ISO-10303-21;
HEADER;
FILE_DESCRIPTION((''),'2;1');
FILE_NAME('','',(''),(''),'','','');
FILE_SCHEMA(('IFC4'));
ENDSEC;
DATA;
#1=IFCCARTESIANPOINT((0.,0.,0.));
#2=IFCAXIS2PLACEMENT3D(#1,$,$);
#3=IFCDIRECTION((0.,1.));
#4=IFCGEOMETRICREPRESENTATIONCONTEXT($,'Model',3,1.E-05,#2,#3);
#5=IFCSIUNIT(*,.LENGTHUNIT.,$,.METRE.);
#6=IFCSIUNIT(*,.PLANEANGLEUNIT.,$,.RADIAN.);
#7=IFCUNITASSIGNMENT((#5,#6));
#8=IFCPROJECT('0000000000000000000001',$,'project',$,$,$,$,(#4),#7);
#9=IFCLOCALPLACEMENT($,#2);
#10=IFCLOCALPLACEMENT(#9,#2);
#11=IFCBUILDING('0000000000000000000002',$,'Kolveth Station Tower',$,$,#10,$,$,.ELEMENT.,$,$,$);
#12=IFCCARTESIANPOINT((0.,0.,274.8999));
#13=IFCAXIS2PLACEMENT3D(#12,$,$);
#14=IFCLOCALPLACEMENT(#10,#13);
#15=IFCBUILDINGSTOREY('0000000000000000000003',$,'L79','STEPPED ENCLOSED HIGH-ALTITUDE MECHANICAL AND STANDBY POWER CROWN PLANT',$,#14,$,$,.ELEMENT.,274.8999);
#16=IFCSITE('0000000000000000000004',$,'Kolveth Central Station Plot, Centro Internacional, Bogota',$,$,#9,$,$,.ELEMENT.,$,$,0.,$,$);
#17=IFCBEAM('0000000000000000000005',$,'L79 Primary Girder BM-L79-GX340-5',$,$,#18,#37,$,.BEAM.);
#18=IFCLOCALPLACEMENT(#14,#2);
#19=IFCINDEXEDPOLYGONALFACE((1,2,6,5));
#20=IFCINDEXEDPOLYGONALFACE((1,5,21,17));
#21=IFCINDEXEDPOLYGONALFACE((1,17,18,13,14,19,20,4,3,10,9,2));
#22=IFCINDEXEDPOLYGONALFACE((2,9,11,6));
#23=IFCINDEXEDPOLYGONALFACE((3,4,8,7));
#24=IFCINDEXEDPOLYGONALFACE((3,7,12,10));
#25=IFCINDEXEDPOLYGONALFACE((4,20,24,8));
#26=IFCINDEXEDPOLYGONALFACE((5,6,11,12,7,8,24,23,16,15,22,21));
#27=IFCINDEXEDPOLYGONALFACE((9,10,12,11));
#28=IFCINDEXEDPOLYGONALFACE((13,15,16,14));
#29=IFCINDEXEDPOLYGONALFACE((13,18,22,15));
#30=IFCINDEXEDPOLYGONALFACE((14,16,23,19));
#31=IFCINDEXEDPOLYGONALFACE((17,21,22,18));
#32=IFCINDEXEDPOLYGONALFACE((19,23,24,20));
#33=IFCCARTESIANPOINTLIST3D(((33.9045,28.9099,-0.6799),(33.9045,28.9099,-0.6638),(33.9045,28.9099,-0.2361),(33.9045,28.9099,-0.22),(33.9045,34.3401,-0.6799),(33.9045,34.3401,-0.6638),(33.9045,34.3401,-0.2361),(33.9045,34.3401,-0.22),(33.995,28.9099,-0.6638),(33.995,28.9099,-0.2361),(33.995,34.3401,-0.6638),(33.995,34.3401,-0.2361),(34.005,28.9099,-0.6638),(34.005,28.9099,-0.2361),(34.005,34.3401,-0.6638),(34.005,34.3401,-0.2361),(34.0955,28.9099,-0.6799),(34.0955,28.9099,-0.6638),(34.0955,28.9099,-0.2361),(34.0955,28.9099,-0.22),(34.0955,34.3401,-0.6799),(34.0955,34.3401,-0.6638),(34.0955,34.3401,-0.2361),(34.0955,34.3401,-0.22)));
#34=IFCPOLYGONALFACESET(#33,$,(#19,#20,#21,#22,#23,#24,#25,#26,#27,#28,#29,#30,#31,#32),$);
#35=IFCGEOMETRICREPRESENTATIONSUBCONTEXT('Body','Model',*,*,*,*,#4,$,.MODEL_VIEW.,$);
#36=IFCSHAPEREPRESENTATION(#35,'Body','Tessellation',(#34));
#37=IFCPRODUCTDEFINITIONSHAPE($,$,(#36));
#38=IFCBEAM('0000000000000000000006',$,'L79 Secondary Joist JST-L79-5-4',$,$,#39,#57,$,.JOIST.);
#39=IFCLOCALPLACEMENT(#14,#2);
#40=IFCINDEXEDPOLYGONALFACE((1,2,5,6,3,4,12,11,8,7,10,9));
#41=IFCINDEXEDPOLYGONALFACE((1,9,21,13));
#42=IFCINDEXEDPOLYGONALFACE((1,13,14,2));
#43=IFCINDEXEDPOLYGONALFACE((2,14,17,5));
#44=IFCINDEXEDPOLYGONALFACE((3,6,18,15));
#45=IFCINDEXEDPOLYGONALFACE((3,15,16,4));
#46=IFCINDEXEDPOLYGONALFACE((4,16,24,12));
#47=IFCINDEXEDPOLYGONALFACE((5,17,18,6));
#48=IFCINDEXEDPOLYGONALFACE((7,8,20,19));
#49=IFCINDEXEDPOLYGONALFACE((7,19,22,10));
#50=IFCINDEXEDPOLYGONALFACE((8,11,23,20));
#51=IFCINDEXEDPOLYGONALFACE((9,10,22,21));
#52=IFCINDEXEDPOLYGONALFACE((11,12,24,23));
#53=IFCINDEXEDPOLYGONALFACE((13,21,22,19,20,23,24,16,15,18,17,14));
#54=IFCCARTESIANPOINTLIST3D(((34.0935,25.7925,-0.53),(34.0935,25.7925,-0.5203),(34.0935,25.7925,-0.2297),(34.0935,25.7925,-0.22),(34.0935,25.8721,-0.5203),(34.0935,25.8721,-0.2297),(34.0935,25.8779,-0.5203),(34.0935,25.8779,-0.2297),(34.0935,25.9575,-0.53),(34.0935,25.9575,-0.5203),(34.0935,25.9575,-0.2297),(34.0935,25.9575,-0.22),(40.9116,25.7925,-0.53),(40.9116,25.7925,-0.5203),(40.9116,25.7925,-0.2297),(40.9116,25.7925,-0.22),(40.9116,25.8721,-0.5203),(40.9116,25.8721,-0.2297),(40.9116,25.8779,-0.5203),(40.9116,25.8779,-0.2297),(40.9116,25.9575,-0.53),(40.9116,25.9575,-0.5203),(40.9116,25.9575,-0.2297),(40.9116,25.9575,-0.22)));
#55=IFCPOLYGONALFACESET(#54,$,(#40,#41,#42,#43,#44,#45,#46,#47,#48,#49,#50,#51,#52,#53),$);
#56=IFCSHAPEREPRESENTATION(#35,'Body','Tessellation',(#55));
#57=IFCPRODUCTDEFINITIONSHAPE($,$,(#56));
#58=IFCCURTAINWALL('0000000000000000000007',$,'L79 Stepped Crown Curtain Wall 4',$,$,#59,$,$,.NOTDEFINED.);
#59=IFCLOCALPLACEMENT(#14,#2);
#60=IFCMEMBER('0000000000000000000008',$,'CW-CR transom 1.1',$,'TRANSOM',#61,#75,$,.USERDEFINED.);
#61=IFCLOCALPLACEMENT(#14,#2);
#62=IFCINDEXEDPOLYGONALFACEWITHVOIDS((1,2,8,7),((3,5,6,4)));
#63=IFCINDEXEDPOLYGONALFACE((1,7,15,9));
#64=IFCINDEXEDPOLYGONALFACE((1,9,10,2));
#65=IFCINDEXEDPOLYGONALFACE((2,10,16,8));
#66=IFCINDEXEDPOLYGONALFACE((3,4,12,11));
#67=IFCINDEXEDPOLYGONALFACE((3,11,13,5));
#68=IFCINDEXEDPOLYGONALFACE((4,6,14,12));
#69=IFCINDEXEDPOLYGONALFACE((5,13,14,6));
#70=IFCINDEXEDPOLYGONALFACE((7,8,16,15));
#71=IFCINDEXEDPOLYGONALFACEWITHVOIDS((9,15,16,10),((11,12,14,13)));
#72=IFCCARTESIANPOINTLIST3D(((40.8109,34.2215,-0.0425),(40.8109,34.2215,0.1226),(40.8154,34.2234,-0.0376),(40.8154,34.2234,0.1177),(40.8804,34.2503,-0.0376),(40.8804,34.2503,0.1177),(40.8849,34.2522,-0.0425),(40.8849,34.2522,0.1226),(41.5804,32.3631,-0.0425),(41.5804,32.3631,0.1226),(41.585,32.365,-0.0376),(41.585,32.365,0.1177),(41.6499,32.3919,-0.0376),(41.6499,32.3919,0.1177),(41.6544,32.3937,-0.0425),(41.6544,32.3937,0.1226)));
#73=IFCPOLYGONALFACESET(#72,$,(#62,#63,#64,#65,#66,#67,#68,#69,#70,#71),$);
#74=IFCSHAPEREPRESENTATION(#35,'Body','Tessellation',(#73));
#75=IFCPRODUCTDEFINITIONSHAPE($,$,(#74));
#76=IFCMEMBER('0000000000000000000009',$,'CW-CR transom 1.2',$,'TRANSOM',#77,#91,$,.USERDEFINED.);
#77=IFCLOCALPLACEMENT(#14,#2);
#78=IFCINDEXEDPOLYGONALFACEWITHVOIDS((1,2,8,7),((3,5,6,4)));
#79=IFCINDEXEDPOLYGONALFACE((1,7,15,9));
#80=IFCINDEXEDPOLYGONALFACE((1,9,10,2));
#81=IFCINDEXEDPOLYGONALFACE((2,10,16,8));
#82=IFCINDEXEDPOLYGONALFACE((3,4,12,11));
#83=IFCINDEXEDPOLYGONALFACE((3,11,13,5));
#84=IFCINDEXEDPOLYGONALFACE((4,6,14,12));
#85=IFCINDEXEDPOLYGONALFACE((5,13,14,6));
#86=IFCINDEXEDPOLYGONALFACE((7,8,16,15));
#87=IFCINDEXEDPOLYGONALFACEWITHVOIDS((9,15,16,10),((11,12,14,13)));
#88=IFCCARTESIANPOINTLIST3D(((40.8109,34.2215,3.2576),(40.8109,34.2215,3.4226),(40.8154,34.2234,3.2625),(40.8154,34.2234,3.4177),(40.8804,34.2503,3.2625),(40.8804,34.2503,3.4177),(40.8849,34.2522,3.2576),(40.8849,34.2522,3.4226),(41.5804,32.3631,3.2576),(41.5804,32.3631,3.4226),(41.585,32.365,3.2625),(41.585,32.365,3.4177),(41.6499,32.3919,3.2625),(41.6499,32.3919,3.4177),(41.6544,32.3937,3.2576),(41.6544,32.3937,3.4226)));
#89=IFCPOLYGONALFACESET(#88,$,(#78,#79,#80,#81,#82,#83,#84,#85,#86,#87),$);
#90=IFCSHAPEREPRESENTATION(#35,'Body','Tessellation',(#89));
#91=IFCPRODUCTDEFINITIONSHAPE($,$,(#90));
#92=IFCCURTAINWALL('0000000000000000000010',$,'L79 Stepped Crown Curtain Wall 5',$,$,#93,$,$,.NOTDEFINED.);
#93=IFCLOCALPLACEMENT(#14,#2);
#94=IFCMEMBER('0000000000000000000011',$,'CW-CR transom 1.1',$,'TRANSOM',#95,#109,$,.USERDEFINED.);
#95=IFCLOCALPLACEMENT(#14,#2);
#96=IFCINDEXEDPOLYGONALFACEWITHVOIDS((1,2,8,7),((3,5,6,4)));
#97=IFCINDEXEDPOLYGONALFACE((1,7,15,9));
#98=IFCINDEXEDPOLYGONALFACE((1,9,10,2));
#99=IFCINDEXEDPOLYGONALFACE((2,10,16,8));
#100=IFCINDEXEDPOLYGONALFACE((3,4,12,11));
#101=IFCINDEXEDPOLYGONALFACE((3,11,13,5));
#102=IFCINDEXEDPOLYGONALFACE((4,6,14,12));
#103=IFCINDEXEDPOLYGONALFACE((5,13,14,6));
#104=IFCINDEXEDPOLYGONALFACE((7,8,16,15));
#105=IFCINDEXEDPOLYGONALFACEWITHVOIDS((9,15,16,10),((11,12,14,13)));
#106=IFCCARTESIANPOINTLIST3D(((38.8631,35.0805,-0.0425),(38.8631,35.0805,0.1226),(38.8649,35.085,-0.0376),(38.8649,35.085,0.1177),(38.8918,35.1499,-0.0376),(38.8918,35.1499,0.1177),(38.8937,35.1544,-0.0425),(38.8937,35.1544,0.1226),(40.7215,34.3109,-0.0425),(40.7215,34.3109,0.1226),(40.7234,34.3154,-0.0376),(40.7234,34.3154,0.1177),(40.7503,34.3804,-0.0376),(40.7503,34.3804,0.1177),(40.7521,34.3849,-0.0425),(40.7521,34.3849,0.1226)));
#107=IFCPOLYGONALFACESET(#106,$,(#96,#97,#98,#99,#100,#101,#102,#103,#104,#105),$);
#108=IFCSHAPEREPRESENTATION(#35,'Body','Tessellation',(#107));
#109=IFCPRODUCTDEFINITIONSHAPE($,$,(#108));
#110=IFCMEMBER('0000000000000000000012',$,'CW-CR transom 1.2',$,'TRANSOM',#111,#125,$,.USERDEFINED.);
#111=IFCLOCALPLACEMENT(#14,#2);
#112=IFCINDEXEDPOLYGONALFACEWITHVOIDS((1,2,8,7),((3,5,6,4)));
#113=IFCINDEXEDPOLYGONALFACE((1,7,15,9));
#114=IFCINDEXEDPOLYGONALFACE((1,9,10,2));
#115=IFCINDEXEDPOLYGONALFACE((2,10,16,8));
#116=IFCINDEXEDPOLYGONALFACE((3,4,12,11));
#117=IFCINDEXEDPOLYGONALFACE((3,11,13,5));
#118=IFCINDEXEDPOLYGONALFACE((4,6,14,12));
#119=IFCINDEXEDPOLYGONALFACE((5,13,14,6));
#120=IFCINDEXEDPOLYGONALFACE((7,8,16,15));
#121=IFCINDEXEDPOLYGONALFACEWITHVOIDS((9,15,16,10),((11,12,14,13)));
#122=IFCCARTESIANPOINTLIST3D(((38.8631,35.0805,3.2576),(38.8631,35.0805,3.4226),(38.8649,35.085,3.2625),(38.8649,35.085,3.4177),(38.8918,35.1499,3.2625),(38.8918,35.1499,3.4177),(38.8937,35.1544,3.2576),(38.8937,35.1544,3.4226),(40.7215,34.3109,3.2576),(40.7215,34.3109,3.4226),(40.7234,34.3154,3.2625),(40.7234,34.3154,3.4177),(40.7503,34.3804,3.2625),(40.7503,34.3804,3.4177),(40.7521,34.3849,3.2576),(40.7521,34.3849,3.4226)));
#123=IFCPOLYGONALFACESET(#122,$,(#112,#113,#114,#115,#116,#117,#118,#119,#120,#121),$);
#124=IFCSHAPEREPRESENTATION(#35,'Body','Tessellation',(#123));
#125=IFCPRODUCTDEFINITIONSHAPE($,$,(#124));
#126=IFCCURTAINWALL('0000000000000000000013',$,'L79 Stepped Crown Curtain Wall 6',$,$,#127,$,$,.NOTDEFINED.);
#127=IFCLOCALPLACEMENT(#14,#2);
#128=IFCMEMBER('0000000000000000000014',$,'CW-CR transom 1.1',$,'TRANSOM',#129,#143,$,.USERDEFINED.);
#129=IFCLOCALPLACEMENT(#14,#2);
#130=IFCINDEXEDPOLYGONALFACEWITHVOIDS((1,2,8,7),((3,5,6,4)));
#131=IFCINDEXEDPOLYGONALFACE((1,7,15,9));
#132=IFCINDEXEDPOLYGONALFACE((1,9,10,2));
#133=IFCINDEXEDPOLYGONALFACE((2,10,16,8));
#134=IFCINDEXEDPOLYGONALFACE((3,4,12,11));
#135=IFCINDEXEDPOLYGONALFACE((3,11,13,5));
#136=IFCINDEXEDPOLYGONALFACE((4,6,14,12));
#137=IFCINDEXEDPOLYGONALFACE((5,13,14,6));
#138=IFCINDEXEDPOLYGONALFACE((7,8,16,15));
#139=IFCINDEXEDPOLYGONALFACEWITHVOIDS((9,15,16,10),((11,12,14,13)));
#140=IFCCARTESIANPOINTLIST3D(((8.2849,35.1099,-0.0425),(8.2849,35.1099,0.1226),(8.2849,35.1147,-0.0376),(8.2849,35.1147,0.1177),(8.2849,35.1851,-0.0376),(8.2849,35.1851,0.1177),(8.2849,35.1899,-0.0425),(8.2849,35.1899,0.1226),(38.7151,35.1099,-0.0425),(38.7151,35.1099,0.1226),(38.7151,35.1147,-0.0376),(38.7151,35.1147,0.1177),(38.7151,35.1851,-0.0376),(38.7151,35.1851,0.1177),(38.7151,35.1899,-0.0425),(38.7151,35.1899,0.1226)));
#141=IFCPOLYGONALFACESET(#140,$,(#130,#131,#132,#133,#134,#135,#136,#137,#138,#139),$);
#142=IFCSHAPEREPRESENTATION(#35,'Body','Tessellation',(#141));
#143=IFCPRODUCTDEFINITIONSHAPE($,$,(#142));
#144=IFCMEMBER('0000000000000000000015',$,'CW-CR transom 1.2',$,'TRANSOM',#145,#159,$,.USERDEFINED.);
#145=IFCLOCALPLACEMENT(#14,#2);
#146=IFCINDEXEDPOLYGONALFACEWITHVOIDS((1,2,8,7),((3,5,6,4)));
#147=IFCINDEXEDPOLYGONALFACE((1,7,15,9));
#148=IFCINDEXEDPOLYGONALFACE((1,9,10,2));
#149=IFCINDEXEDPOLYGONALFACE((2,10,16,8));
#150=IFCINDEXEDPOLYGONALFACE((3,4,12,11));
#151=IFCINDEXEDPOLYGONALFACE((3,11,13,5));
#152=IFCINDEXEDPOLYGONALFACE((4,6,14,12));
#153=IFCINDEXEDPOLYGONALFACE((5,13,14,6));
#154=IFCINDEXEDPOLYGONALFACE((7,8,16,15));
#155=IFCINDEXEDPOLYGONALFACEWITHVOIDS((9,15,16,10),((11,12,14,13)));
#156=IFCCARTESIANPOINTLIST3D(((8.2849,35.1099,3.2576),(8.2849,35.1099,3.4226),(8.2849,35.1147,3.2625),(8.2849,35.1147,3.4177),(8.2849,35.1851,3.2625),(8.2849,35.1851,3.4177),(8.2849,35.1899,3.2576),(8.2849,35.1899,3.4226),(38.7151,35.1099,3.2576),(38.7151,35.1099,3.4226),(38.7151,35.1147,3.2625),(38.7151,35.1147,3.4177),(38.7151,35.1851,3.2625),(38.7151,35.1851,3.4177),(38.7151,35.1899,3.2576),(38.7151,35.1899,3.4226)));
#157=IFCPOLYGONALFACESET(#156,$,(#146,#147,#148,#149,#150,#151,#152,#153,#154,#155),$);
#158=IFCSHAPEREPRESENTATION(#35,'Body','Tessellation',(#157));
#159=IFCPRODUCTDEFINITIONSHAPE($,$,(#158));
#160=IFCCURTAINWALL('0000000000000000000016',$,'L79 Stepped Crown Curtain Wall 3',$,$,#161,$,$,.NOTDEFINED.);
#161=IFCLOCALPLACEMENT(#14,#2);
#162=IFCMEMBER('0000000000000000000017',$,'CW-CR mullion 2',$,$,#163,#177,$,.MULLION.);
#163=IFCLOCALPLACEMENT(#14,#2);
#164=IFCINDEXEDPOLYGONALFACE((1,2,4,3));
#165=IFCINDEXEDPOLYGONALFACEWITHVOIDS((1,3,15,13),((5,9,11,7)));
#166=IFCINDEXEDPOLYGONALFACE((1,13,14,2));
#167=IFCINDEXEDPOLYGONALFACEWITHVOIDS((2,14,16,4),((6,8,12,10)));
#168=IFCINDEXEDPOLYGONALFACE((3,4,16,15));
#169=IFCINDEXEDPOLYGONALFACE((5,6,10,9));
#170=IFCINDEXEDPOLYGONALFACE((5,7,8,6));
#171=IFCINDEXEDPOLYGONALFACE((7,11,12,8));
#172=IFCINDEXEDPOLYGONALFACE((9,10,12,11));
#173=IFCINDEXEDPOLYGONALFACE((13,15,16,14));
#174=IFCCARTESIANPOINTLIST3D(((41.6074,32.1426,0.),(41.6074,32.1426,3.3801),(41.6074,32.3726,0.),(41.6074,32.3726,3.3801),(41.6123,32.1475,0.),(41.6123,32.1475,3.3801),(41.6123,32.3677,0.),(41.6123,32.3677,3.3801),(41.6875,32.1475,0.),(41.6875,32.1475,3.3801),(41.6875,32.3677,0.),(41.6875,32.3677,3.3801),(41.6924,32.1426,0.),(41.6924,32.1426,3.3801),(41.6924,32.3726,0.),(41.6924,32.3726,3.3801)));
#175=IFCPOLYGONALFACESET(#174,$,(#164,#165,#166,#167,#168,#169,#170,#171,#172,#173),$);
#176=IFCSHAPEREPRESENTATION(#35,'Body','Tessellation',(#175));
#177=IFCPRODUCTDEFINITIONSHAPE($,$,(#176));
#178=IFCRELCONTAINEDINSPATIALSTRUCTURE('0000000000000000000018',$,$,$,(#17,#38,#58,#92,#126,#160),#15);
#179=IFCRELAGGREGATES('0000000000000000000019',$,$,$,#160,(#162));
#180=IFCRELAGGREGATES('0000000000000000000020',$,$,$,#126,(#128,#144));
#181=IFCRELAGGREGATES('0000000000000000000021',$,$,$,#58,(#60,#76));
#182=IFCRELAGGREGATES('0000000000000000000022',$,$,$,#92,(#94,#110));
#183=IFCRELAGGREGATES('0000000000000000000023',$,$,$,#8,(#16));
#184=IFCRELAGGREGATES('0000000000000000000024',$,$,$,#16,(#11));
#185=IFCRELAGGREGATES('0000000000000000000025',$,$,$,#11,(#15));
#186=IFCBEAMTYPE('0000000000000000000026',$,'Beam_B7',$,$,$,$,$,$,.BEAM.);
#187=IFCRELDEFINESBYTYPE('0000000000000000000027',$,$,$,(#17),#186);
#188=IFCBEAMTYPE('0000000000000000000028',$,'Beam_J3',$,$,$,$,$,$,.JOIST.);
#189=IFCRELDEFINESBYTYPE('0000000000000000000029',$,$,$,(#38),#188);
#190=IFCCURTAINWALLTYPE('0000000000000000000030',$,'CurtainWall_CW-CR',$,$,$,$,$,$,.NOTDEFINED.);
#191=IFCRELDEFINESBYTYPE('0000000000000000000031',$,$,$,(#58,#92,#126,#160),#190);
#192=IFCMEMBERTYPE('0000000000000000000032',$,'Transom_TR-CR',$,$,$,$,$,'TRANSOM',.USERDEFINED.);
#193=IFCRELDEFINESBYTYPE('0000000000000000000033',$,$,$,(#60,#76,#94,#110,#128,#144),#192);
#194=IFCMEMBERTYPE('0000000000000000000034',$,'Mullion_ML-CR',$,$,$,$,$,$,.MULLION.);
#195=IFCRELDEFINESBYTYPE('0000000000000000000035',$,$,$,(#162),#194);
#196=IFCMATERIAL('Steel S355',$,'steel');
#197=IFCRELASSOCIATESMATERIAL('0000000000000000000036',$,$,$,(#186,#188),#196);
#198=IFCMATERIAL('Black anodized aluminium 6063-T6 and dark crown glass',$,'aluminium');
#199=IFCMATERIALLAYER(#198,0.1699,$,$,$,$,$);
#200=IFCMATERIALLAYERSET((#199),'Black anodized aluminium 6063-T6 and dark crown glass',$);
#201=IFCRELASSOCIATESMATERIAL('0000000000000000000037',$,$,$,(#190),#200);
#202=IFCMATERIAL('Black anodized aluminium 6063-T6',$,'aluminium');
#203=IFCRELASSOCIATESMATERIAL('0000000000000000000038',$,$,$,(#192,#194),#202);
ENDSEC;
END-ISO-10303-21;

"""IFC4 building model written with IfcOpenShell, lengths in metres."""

from ifc_helpers import new_model, si_unit, direction, frame, origin, origin_2d, place, context, subcontext, project, spatial, hollow_rectangle, i_section, extrude, source, transform, mapped, material, layer, layer_set, material_profile, profile_set, type_object, element, aggregate, save


model = new_model("IFC4")

# Units and contexts
model_context = context("Model", 3, precision=1e-05, world=origin(), true_north=direction((0.0, 1.0)))
body_context = subcontext(model_context, "Body", "Model", "MODEL_VIEW")
ifc_project = project(units=[si_unit("LENGTHUNIT", "METRE"), si_unit("PLANEANGLEUNIT", "RADIAN")], contexts=[model_context])

# Site, building, storey
site_placement = place(None, origin())
site = spatial("IfcSite", under=ifc_project, at=site_placement, Name="Kolveth Central Station Plot, Centro Internacional, Bogota", CompositionType="ELEMENT", RefElevation=0.0)
building_placement = place(site_placement, origin())
building = spatial("IfcBuilding", under=site, at=building_placement, Name="Kolveth Station Tower", CompositionType="ELEMENT")
storey_placement = place(building_placement, frame((0.0, 0.0, 274.8999)))
storey = spatial("IfcBuildingStorey", under=building, at=storey_placement, Name="L79", Description="STEPPED ENCLOSED HIGH-ALTITUDE MECHANICAL AND STANDBY POWER CROWN PLANT", CompositionType="ELEMENT", Elevation=274.8999)

# Shared definitions
ifc_material_1 = material(Name="Steel S355", Category="steel")

# Beams
ifc_material_profile_1 = material_profile(ifc_material_1, i_section(OverallWidth=0.1909, OverallDepth=0.46, WebThickness=0.01, FlangeThickness=0.0161, at=origin_2d()), Name="W460x82")
ifc_profile_set_1 = profile_set([ifc_material_profile_1], Name="Steel S355")
beam_type_1 = type_object("IfcBeamType", Name="Beam_B7", PredefinedType="BEAM", material=ifc_profile_set_1)
shared_shape_1 = source(origin(), body_context, "Body", "SweptSolid", [
    extrude(i_section(OverallWidth=0.1909, OverallDepth=0.46, WebThickness=0.01, FlangeThickness=0.0161, at=origin_2d()), origin(), (0.0, 0.0, 1.0), 5.4302),
])
for number, where, z_axis, x_axis, name in (
    (1, (34.0, 28.9099, -0.45), (0.0, 1.0, 0.0), (-1.0, 0.0, 0.0), "L79 Primary Girder BM-L79-GX340-5"),
):
    element("IfcBeam", number, at=place(storey_placement, frame(where, z_axis=z_axis, x_axis=x_axis)), inside=storey, type_object=beam_type_1, Name=name, PredefinedType="BEAM", context=body_context, shape_type="MappedRepresentation", body=[
        mapped(shared_shape_1, transform((0.0, 0.0, 0.0), x_axis=(1.0, 0.0, 0.0), y_axis=(0.0, 1.0, 0.0), z_axis=(0.0, 0.0, 1.0), scale=1.0)),
    ])
ifc_material_profile_2 = material_profile(ifc_material_1, i_section(OverallWidth=0.165, OverallDepth=0.3101, WebThickness=0.0059, FlangeThickness=0.0098, at=origin_2d()), Name="W310x39")
ifc_profile_set_2 = profile_set([ifc_material_profile_2], Name="Steel S355")
beam_type_2 = type_object("IfcBeamType", Name="Beam_J3", PredefinedType="JOIST", material=ifc_profile_set_2)
shared_shape_2 = source(origin(), body_context, "Body", "SweptSolid", [
    extrude(i_section(OverallWidth=0.165, OverallDepth=0.3101, WebThickness=0.0059, FlangeThickness=0.0098, at=origin_2d()), origin(), (0.0, 0.0, 1.0), 6.8181),
])
beam_1_placement = place(storey_placement, frame((34.0935, 25.875, -0.375), z_axis=(1.0, 0.0, 0.0), x_axis=(0.0, 1.0, 0.0)))
element("IfcBeam", 2, at=beam_1_placement, inside=storey, type_object=beam_type_2, Name="L79 Secondary Joist JST-L79-5-4", PredefinedType="JOIST", context=body_context, shape_type="MappedRepresentation", body=[
    mapped(shared_shape_2, transform((0.0, 0.0, 0.0), x_axis=(1.0, 0.0, 0.0), y_axis=(0.0, 1.0, 0.0), z_axis=(0.0, 0.0, 1.0), scale=1.0)),
])

# Curtain walls, members
ifc_material_2 = material(Name="Black anodized aluminium 6063-T6 and dark crown glass", Category="aluminium")
ifc_layer_1 = layer(ifc_material_2, 0.1699)
ifc_layer_set_1 = layer_set([ifc_layer_1], Name="Black anodized aluminium 6063-T6 and dark crown glass")
curtain_wall_type = type_object("IfcCurtainWallType", Name="CurtainWall_CW-CR", PredefinedType="NOTDEFINED", material=ifc_layer_set_1)
curtain_wall_1_placement = place(storey_placement, origin())
curtain_wall_1 = element("IfcCurtainWall", 3, at=curtain_wall_1_placement, inside=storey, type_object=curtain_wall_type, Name="L79 Stepped Crown Curtain Wall 4", PredefinedType="NOTDEFINED")
ifc_material_3 = material(Name="Black anodized aluminium 6063-T6", Category="aluminium")
ifc_material_profile_3 = material_profile(ifc_material_3, hollow_rectangle(XDim=0.0801, YDim=0.165, WallThickness=0.0049, at=origin_2d()), Name="ALU-80x165x5")
ifc_profile_set_3 = profile_set([ifc_material_profile_3], Name="Black anodized aluminium 6063-T6")
member_type_1 = type_object("IfcMemberType", Name="Transom_TR-CR", ElementType="TRANSOM", PredefinedType="USERDEFINED", material=ifc_profile_set_3)
shared_shape_3 = source(origin(), body_context, "Body", "SweptSolid", [
    extrude(hollow_rectangle(XDim=0.0801, YDim=0.165, WallThickness=0.0049, at=origin_2d()), origin(), (0.0, 0.0, 1.0), 2.0115),
])
member_1_placement = place(storey_placement, frame((41.6174, 32.3784, 0.04), z_axis=(-0.38258, 0.923922, 0.0), x_axis=(-0.923922, -0.38258, 0.0)))
member_1 = element("IfcMember", 4, at=member_1_placement, type_object=member_type_1, Name="CW-CR transom 1.1", ObjectType="TRANSOM", PredefinedType="USERDEFINED", context=body_context, shape_type="MappedRepresentation", body=[
    mapped(shared_shape_3, transform((0.0, 0.0, 0.0), x_axis=(1.0, 0.0, 0.0), y_axis=(0.0, 1.0, 0.0), z_axis=(0.0, 0.0, 1.0), scale=1.0)),
])
member_2_placement = place(storey_placement, frame((41.6174, 32.3784, 3.3401), z_axis=(-0.38258, 0.923922, 0.0), x_axis=(-0.923922, -0.38258, 0.0)))
member_2 = element("IfcMember", 5, at=member_2_placement, type_object=member_type_1, Name="CW-CR transom 1.2", ObjectType="TRANSOM", PredefinedType="USERDEFINED", context=body_context, shape_type="MappedRepresentation", body=[
    mapped(shared_shape_3, transform((0.0, 0.0, 0.0), x_axis=(1.0, 0.0, 0.0), y_axis=(0.0, 1.0, 0.0), z_axis=(0.0, 0.0, 1.0), scale=1.0)),
])
curtain_wall_2_placement = place(storey_placement, origin())
curtain_wall_2 = element("IfcCurtainWall", 6, at=curtain_wall_2_placement, inside=storey, type_object=curtain_wall_type, Name="L79 Stepped Crown Curtain Wall 5", PredefinedType="NOTDEFINED")
member_3_placement = place(storey_placement, frame((40.7368, 34.3479, 0.04), z_axis=(-0.923922, 0.38258, 0.0), x_axis=(-0.38258, -0.923922, 0.0)))
member_3 = element("IfcMember", 7, at=member_3_placement, type_object=member_type_1, Name="CW-CR transom 1.1", ObjectType="TRANSOM", PredefinedType="USERDEFINED", context=body_context, shape_type="MappedRepresentation", body=[
    mapped(shared_shape_3, transform((0.0, 0.0, 0.0), x_axis=(1.0, 0.0, 0.0), y_axis=(0.0, 1.0, 0.0), z_axis=(0.0, 0.0, 1.0), scale=1.0)),
])
member_4_placement = place(storey_placement, frame((40.7368, 34.3479, 3.3401), z_axis=(-0.923922, 0.38258, 0.0), x_axis=(-0.38258, -0.923922, 0.0)))
member_4 = element("IfcMember", 8, at=member_4_placement, type_object=member_type_1, Name="CW-CR transom 1.2", ObjectType="TRANSOM", PredefinedType="USERDEFINED", context=body_context, shape_type="MappedRepresentation", body=[
    mapped(shared_shape_3, transform((0.0, 0.0, 0.0), x_axis=(1.0, 0.0, 0.0), y_axis=(0.0, 1.0, 0.0), z_axis=(0.0, 0.0, 1.0), scale=1.0)),
])
curtain_wall_3_placement = place(storey_placement, origin())
curtain_wall_3 = element("IfcCurtainWall", 9, at=curtain_wall_3_placement, inside=storey, type_object=curtain_wall_type, Name="L79 Stepped Crown Curtain Wall 6", PredefinedType="NOTDEFINED")
shared_shape_4 = source(origin(), body_context, "Body", "SweptSolid", [
    extrude(hollow_rectangle(XDim=0.0801, YDim=0.165, WallThickness=0.0049, at=origin_2d()), origin(), (0.0, 0.0, 1.0), 30.4302),
])
member_5_placement = place(storey_placement, frame((38.7151, 35.1499, 0.04), z_axis=(-1.0, 0.0, 0.0), x_axis=(0.0, -1.0, 0.0)))
member_5 = element("IfcMember", 10, at=member_5_placement, type_object=member_type_1, Name="CW-CR transom 1.1", ObjectType="TRANSOM", PredefinedType="USERDEFINED", context=body_context, shape_type="MappedRepresentation", body=[
    mapped(shared_shape_4, transform((0.0, 0.0, 0.0), x_axis=(1.0, 0.0, 0.0), y_axis=(0.0, 1.0, 0.0), z_axis=(0.0, 0.0, 1.0), scale=1.0)),
])
member_6_placement = place(storey_placement, frame((38.7151, 35.1499, 3.3401), z_axis=(-1.0, 0.0, 0.0), x_axis=(0.0, -1.0, 0.0)))
member_6 = element("IfcMember", 11, at=member_6_placement, type_object=member_type_1, Name="CW-CR transom 1.2", ObjectType="TRANSOM", PredefinedType="USERDEFINED", context=body_context, shape_type="MappedRepresentation", body=[
    mapped(shared_shape_4, transform((0.0, 0.0, 0.0), x_axis=(1.0, 0.0, 0.0), y_axis=(0.0, 1.0, 0.0), z_axis=(0.0, 0.0, 1.0), scale=1.0)),
])

# Curtain wall, member
curtain_wall_4_placement = place(storey_placement, origin())
curtain_wall_4 = element("IfcCurtainWall", 12, at=curtain_wall_4_placement, inside=storey, type_object=curtain_wall_type, Name="L79 Stepped Crown Curtain Wall 3", PredefinedType="NOTDEFINED")
ifc_material_profile_4 = material_profile(ifc_material_3, hollow_rectangle(XDim=0.085, YDim=0.23, WallThickness=0.0049, at=origin_2d()), Name="ALU-85x230x5")
ifc_profile_set_4 = profile_set([ifc_material_profile_4], Name="Black anodized aluminium 6063-T6")
member_type_2 = type_object("IfcMemberType", Name="Mullion_ML-CR", PredefinedType="MULLION", material=ifc_profile_set_4)
shared_shape_5 = source(origin(), body_context, "Body", "SweptSolid", [
    extrude(hollow_rectangle(XDim=0.085, YDim=0.23, WallThickness=0.0049, at=origin_2d()), origin(), (0.0, 0.0, 1.0), 3.3801),
])
member_7_placement = place(storey_placement, frame((41.6499, 32.2576, 0.0), z_axis=(0.0, 0.0, 1.0), x_axis=(-1.0, 0.0, 0.0)))
member_7 = element("IfcMember", 13, at=member_7_placement, type_object=member_type_2, Name="CW-CR mullion 2", PredefinedType="MULLION", context=body_context, shape_type="MappedRepresentation", body=[
    mapped(shared_shape_5, transform((0.0, 0.0, 0.0), x_axis=(1.0, 0.0, 0.0), y_axis=(0.0, 1.0, 0.0), z_axis=(0.0, 0.0, 1.0), scale=1.0)),
])
aggregate(curtain_wall_4, [member_7])

aggregate(curtain_wall_3, [member_5, member_6])

aggregate(curtain_wall_1, [member_1, member_2])
aggregate(curtain_wall_2, [member_3, member_4])

save(model, "model.ifc")
